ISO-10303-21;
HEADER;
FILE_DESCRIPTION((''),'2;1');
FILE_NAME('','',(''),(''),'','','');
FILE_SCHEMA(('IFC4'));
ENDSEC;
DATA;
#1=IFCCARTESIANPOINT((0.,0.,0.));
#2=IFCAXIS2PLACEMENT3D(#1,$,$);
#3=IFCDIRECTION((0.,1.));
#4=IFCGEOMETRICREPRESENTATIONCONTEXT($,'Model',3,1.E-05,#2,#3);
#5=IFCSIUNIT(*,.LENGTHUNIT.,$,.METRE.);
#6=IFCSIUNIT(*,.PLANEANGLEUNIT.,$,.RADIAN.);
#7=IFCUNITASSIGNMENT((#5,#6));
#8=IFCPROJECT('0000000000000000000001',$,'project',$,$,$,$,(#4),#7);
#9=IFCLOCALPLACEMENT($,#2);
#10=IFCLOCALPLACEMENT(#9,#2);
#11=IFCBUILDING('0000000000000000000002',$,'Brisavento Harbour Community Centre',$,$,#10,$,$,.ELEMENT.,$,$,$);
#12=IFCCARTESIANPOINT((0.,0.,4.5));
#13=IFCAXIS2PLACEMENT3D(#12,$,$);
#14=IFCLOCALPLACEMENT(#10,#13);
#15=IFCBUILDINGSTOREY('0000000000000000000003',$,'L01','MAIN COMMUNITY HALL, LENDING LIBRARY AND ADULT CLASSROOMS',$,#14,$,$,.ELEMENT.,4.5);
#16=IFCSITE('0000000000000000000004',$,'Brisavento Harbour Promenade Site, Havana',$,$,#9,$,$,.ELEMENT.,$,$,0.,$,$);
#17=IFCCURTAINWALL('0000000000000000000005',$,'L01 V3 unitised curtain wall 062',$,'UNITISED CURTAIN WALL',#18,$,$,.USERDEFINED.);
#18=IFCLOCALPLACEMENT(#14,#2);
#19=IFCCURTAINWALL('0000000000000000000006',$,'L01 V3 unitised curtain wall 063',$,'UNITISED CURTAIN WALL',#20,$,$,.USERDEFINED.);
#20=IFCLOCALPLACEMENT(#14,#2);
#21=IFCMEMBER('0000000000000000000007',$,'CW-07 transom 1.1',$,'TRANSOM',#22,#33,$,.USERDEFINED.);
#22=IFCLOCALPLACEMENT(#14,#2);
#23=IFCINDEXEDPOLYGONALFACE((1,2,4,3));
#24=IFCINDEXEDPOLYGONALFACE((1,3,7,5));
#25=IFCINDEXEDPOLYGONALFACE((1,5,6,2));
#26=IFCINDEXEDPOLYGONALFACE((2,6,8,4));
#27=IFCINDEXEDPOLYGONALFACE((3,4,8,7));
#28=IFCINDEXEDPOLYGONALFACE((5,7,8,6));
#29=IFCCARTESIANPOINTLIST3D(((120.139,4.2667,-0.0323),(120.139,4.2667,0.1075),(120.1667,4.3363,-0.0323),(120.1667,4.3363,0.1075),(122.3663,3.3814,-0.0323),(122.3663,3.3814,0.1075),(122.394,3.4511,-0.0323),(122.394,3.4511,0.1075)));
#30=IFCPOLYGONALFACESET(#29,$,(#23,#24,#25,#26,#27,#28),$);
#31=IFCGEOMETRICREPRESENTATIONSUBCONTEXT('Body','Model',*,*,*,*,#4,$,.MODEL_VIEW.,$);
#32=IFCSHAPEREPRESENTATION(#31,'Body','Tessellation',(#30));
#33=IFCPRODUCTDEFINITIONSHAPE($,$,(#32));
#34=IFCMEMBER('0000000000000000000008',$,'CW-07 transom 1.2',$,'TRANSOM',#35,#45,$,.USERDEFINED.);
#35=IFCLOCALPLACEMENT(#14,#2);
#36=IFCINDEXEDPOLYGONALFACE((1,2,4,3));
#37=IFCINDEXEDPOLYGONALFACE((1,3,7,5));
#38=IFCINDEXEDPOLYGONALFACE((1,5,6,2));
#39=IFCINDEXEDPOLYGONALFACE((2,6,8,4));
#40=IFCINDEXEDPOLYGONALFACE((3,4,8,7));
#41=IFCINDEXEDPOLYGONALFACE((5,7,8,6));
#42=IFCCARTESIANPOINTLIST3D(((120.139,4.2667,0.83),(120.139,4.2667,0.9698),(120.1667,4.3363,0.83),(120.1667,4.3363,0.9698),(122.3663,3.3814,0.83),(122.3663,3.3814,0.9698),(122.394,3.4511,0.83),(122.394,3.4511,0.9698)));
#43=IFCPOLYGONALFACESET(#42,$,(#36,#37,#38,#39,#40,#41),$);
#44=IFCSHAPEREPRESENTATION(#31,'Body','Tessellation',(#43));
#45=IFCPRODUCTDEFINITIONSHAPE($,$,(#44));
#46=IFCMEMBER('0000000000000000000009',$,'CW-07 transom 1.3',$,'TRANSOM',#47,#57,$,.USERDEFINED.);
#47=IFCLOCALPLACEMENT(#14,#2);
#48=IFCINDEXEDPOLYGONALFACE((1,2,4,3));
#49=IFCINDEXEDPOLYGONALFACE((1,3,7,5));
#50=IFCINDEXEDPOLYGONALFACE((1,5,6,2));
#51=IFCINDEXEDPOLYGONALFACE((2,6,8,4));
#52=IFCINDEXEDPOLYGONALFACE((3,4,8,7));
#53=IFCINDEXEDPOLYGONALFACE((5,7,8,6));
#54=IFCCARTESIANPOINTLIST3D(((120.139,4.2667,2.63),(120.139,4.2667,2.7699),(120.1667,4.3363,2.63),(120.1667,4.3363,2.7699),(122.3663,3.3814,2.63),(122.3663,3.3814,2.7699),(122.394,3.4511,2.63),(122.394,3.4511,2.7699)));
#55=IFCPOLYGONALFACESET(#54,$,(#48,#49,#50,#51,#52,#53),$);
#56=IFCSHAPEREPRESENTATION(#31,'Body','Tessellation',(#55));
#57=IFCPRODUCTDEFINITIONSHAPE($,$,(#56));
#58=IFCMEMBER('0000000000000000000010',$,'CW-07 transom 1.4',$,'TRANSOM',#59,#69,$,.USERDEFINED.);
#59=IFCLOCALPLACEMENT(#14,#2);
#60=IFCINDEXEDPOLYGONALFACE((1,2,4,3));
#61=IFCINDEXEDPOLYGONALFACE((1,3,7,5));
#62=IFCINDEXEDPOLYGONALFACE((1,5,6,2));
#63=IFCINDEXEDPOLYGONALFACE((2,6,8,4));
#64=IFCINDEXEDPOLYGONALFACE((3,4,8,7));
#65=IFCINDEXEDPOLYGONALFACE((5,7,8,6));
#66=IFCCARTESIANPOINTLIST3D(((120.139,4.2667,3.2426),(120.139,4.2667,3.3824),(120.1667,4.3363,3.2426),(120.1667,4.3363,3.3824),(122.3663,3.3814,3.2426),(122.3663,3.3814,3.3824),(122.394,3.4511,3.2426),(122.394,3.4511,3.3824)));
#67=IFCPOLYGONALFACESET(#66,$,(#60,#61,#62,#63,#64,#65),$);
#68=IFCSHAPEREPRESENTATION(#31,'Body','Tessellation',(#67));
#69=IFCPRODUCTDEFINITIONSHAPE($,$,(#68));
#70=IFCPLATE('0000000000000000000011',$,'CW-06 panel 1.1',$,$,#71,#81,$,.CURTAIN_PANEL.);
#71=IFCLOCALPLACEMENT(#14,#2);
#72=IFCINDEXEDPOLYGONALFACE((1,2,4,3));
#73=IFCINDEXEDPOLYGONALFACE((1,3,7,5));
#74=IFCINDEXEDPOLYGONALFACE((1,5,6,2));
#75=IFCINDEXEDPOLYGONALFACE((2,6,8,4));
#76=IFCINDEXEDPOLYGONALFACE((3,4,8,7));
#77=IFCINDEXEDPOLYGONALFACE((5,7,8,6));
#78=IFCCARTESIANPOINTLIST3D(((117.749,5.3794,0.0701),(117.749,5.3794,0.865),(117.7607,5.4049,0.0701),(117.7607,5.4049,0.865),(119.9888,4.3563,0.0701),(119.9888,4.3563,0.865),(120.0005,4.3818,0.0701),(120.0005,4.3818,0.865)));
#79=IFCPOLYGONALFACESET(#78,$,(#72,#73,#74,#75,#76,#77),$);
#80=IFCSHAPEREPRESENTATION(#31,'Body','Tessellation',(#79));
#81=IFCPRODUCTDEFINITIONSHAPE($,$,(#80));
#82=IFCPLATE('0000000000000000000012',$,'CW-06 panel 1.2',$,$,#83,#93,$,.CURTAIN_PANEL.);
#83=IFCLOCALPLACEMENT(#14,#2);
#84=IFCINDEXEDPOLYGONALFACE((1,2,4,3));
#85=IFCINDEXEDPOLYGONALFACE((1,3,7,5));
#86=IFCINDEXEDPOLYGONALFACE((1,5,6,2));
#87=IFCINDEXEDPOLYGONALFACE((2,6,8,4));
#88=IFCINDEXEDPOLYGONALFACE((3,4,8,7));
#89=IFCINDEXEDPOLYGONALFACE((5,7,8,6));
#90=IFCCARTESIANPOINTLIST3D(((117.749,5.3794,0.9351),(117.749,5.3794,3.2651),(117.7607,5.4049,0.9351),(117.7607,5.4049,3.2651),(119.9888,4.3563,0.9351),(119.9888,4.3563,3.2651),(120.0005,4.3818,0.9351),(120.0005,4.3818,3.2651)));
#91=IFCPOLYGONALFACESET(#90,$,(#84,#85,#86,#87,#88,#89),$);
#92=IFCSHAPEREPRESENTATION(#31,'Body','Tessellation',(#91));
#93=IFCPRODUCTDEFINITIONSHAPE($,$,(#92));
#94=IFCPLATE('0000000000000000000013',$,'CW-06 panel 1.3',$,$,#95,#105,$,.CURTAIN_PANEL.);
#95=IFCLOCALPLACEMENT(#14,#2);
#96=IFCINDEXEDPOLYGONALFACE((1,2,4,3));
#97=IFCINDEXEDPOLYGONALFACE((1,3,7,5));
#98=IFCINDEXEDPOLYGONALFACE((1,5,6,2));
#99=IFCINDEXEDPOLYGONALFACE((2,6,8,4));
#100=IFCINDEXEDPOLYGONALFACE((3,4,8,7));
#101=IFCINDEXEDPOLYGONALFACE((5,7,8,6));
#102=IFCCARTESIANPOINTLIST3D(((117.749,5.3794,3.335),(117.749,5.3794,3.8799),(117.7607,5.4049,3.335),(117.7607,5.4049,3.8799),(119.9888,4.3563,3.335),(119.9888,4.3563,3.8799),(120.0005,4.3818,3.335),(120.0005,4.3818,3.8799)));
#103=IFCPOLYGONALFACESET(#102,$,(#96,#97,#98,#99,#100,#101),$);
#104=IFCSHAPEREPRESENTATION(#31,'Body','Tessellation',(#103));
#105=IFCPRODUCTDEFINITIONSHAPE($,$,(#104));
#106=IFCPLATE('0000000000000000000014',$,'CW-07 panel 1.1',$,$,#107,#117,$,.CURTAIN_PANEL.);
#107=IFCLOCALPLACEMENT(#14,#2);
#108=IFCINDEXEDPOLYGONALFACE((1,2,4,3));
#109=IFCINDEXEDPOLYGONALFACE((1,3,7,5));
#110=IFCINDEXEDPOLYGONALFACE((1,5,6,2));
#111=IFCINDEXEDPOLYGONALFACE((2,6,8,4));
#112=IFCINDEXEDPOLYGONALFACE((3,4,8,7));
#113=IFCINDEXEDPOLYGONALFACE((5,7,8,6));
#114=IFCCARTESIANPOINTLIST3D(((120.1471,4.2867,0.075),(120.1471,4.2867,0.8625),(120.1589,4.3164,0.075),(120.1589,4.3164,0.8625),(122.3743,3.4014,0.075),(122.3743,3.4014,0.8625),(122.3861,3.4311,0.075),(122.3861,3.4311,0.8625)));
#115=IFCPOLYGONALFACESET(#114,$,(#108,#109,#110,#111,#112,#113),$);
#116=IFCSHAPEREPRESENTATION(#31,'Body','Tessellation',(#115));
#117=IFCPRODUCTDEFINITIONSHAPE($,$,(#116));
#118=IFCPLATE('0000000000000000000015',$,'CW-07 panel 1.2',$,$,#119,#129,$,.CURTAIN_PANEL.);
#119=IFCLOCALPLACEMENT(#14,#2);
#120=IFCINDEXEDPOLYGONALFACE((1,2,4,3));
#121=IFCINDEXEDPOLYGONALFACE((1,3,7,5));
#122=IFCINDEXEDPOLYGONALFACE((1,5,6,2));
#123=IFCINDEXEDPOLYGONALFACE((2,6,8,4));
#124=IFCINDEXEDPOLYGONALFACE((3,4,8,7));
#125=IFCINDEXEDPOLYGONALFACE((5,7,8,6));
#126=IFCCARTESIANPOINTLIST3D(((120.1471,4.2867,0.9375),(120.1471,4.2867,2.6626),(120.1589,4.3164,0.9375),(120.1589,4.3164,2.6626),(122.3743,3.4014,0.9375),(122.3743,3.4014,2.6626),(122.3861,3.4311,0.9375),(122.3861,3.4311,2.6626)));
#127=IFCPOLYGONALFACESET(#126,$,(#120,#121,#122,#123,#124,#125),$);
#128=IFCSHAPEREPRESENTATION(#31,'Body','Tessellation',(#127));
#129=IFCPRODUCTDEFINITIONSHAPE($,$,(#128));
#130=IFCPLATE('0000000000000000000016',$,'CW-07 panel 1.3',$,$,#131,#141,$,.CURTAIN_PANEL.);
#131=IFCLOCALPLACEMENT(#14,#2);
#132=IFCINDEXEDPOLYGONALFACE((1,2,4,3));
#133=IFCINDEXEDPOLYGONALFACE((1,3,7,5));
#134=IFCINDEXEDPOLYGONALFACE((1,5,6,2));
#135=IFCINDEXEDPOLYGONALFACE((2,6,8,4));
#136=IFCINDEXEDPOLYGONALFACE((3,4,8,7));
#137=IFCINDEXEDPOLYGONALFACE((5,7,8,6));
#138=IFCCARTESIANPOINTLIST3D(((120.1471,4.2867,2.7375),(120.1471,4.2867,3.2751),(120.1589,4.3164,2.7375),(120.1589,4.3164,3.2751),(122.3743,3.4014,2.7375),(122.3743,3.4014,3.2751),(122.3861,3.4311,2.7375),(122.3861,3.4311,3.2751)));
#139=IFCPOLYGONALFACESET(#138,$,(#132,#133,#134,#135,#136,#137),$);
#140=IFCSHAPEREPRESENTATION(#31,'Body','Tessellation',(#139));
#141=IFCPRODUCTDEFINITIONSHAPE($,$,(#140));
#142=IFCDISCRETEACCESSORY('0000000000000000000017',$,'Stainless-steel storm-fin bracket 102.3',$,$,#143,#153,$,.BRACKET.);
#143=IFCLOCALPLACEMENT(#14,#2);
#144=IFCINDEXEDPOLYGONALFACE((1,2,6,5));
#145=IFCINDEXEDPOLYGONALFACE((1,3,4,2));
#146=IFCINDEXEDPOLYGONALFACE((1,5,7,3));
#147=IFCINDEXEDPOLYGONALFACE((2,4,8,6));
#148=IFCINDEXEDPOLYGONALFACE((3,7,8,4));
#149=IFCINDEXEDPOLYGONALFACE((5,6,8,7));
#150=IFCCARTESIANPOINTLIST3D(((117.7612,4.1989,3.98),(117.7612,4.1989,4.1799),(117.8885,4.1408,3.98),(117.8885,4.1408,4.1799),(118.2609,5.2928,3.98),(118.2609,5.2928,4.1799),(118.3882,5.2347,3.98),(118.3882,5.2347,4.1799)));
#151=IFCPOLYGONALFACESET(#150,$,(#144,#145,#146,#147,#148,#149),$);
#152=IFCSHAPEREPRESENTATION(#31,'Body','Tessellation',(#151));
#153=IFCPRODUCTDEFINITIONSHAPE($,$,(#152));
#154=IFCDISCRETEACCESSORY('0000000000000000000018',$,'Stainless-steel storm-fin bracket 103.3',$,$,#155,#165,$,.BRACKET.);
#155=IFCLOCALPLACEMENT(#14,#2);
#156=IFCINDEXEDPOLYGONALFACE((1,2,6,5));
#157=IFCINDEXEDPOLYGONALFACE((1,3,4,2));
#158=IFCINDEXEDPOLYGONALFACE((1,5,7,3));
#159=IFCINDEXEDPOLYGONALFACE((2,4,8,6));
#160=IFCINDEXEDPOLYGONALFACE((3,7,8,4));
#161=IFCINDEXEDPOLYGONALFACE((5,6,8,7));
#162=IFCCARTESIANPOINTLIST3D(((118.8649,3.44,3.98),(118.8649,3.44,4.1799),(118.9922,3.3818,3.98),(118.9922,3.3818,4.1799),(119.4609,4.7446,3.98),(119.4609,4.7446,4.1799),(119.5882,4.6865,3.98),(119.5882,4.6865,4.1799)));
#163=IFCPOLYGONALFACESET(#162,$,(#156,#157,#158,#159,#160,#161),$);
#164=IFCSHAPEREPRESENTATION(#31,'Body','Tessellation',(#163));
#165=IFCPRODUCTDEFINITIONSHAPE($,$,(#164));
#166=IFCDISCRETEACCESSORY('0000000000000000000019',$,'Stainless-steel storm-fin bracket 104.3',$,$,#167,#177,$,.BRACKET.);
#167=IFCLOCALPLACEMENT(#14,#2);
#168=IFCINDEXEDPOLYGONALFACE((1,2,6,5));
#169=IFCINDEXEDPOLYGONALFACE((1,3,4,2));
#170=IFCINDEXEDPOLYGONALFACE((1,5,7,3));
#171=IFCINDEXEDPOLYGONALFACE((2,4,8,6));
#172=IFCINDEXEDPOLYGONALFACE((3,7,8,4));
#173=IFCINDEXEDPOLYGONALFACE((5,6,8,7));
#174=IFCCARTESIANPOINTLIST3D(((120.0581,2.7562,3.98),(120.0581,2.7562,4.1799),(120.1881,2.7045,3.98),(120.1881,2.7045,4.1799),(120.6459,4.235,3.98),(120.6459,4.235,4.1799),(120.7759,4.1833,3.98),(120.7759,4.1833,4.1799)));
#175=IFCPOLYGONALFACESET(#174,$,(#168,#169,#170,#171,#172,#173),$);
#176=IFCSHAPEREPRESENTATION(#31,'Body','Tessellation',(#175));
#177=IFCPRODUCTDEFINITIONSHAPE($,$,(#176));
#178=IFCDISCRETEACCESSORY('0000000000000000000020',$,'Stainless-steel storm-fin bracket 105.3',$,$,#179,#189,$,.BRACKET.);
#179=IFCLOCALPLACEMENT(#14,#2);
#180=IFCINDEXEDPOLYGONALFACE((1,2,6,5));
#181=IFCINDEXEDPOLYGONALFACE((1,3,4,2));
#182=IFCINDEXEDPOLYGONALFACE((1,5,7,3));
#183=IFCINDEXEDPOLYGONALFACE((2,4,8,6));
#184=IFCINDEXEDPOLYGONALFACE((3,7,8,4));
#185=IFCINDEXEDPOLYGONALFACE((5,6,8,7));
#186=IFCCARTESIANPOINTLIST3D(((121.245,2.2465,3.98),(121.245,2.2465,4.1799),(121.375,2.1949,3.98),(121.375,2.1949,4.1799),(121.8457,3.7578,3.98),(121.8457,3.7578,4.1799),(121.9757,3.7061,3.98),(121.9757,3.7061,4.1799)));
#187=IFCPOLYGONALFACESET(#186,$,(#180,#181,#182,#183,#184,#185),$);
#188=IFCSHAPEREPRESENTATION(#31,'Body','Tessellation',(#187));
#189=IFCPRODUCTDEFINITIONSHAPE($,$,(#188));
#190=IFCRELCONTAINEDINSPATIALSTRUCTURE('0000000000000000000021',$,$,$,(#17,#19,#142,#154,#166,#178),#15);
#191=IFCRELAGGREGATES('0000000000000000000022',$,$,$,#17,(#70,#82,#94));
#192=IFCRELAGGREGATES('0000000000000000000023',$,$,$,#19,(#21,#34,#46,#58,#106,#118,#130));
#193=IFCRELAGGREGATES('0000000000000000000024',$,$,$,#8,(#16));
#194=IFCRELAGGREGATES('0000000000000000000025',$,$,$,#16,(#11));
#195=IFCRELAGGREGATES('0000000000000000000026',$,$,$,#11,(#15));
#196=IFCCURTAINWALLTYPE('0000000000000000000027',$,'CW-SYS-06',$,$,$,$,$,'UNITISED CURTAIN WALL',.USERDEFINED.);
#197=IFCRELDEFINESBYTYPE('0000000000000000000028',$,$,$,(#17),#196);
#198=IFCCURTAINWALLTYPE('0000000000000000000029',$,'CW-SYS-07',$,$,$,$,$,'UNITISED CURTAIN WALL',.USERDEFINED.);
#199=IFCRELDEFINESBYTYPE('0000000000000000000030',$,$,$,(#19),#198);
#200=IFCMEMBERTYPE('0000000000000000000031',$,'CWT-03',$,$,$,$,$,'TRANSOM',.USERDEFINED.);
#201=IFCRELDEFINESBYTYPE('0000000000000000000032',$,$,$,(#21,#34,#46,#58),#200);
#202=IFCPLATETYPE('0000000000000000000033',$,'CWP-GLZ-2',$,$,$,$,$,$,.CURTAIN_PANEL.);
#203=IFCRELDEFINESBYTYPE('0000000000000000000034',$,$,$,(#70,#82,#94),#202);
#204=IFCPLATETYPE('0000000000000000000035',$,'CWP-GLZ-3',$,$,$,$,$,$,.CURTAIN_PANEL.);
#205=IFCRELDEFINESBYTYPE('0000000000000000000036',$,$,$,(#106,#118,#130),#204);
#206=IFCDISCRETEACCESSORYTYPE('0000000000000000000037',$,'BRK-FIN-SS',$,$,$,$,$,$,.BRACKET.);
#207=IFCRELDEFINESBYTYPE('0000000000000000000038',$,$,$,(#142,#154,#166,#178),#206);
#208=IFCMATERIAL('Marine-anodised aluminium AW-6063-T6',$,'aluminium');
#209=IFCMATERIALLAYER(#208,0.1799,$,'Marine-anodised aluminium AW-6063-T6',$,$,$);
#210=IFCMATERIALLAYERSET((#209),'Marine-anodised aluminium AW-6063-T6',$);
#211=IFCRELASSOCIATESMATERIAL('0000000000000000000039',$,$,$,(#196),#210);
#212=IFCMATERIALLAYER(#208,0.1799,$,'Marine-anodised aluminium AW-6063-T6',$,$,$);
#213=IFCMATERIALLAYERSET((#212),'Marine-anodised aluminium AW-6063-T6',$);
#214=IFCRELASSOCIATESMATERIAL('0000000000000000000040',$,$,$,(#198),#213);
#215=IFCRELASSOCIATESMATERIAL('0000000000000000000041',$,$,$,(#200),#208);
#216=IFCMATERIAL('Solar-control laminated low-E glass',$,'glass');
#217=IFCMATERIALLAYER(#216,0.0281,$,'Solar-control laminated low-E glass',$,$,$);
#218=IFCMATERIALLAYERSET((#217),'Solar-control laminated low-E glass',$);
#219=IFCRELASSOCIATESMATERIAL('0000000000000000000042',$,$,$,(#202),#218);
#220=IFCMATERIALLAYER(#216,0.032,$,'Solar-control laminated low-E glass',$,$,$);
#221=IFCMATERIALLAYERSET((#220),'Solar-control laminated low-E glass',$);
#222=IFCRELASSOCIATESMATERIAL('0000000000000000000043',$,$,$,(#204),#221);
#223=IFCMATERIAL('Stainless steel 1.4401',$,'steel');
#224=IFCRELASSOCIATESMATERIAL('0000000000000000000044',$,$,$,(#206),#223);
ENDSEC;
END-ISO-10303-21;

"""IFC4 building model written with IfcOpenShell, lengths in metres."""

from ifc_helpers import new_model, si_unit, direction, frame, origin, origin_2d, place, context, subcontext, project, spatial, rectangle, extrude, material, layer, layer_set, material_profile, profile_set, type_object, element, aggregate, save


model = new_model("IFC4")

# Units and contexts
model_context = context("Model", 3, precision=1e-05, world=origin(), true_north=direction((0.0, 1.0)))
body_context = subcontext(model_context, "Body", "Model", "MODEL_VIEW")
ifc_project = project(units=[si_unit("LENGTHUNIT", "METRE"), si_unit("PLANEANGLEUNIT", "RADIAN")], contexts=[model_context])

# Site, building, storey
site_placement = place(None, origin())
site = spatial("IfcSite", under=ifc_project, at=site_placement, Name="Brisavento Harbour Promenade Site, Havana", CompositionType="ELEMENT", RefElevation=0.0)
building_placement = place(site_placement, origin())
building = spatial("IfcBuilding", under=site, at=building_placement, Name="Brisavento Harbour Community Centre", CompositionType="ELEMENT")
storey_placement = place(building_placement, frame((0.0, 0.0, 4.5)))
storey = spatial("IfcBuildingStorey", under=building, at=storey_placement, Name="L01", Description="MAIN COMMUNITY HALL, LENDING LIBRARY AND ADULT CLASSROOMS", CompositionType="ELEMENT", Elevation=4.5)

# Curtain walls
ifc_material_1 = material(Name="Marine-anodised aluminium AW-6063-T6", Category="aluminium")
ifc_layer_1 = layer(ifc_material_1, 0.1799, Name="Marine-anodised aluminium AW-6063-T6")
ifc_layer_set_1 = layer_set([ifc_layer_1], Name="Marine-anodised aluminium AW-6063-T6")
curtain_wall_type_1 = type_object("IfcCurtainWallType", Name="CW-SYS-06", ElementType="UNITISED CURTAIN WALL", PredefinedType="USERDEFINED", material=ifc_layer_set_1)
curtain_wall_1_placement = place(storey_placement, origin())
curtain_wall_1 = element("IfcCurtainWall", 1, at=curtain_wall_1_placement, inside=storey, type_object=curtain_wall_type_1, Name="L01 V3 unitised curtain wall 062", ObjectType="UNITISED CURTAIN WALL", PredefinedType="USERDEFINED")
ifc_layer_2 = layer(ifc_material_1, 0.1799, Name="Marine-anodised aluminium AW-6063-T6")
ifc_layer_set_2 = layer_set([ifc_layer_2], Name="Marine-anodised aluminium AW-6063-T6")
curtain_wall_type_2 = type_object("IfcCurtainWallType", Name="CW-SYS-07", ElementType="UNITISED CURTAIN WALL", PredefinedType="USERDEFINED", material=ifc_layer_set_2)
curtain_wall_2_placement = place(storey_placement, origin())
curtain_wall_2 = element("IfcCurtainWall", 2, at=curtain_wall_2_placement, inside=storey, type_object=curtain_wall_type_2, Name="L01 V3 unitised curtain wall 063", ObjectType="UNITISED CURTAIN WALL", PredefinedType="USERDEFINED")

# Members
ifc_material_profile_1 = material_profile(ifc_material_1, rectangle(XDim=0.075, YDim=0.1399, at=origin_2d()), Name="Marine-anodised aluminium AW-6063-T6")
ifc_profile_set_1 = profile_set([ifc_material_profile_1], Name="Marine-anodised aluminium AW-6063-T6")
member_type_1 = type_object("IfcMemberType", Name="CWT-03", ElementType="TRANSOM", PredefinedType="USERDEFINED", material=ifc_profile_set_1)
member_1_placement = place(storey_placement, frame((122.3801, 3.4163, 0.0376), z_axis=(-0.929289, 0.369353, 0.0), x_axis=(-0.369353, -0.929289, 0.0)))
member_1 = element("IfcMember", 3, at=member_1_placement, type_object=member_type_1, Name="CW-07 transom 1.1", ObjectType="TRANSOM", PredefinedType="USERDEFINED", context=body_context, shape_type="SweptSolid", body=[
    extrude(rectangle(XDim=0.075, YDim=0.1399, at=origin_2d()), origin(), (0.0, 0.0, 1.0), 2.3967),
])
member_2_placement = place(storey_placement, frame((122.3801, 3.4163, 0.8999), z_axis=(-0.929289, 0.369353, 0.0), x_axis=(-0.369353, -0.929289, 0.0)))
member_2 = element("IfcMember", 4, at=member_2_placement, type_object=member_type_1, Name="CW-07 transom 1.2", ObjectType="TRANSOM", PredefinedType="USERDEFINED", context=body_context, shape_type="SweptSolid", body=[
    extrude(rectangle(XDim=0.075, YDim=0.1399, at=origin_2d()), origin(), (0.0, 0.0, 1.0), 2.3967),
])
member_3_placement = place(storey_placement, frame((122.3801, 3.4163, 2.7), z_axis=(-0.929289, 0.369353, 0.0), x_axis=(-0.369353, -0.929289, 0.0)))
member_3 = element("IfcMember", 5, at=member_3_placement, type_object=member_type_1, Name="CW-07 transom 1.3", ObjectType="TRANSOM", PredefinedType="USERDEFINED", context=body_context, shape_type="SweptSolid", body=[
    extrude(rectangle(XDim=0.075, YDim=0.1399, at=origin_2d()), origin(), (0.0, 0.0, 1.0), 2.3967),
])
member_4_placement = place(storey_placement, frame((122.3801, 3.4163, 3.3125), z_axis=(-0.929289, 0.369353, 0.0), x_axis=(-0.369353, -0.929289, 0.0)))
member_4 = element("IfcMember", 6, at=member_4_placement, type_object=member_type_1, Name="CW-07 transom 1.4", ObjectType="TRANSOM", PredefinedType="USERDEFINED", context=body_context, shape_type="SweptSolid", body=[
    extrude(rectangle(XDim=0.075, YDim=0.1399, at=origin_2d()), origin(), (0.0, 0.0, 1.0), 2.3967),
])

# Plates
ifc_material_2 = material(Name="Solar-control laminated low-E glass", Category="glass")
ifc_layer_3 = layer(ifc_material_2, 0.0281, Name="Solar-control laminated low-E glass")
ifc_layer_set_3 = layer_set([ifc_layer_3], Name="Solar-control laminated low-E glass")
plate_type_1 = type_object("IfcPlateType", Name="CWP-GLZ-2", PredefinedType="CURTAIN_PANEL", material=ifc_layer_set_3)
plate_1_placement = place(storey_placement, frame((118.8748, 4.8806, 0.0701), z_axis=(0.0, 0.0, 1.0), x_axis=(-0.909598, 0.41549, 0.0)))
plate_1 = element("IfcPlate", 7, at=plate_1_placement, type_object=plate_type_1, Name="CW-06 panel 1.1", PredefinedType="CURTAIN_PANEL", context=body_context, shape_type="SweptSolid", body=[
    extrude(rectangle(XDim=2.4624, YDim=0.0281, at=origin_2d()), origin(), (0.0, 0.0, 1.0), 0.7949),
])
plate_2_placement = place(storey_placement, frame((118.8748, 4.8806, 0.9351), z_axis=(0.0, 0.0, 1.0), x_axis=(-0.909598, 0.41549, 0.0)))
plate_2 = element("IfcPlate", 8, at=plate_2_placement, type_object=plate_type_1, Name="CW-06 panel 1.2", PredefinedType="CURTAIN_PANEL", context=body_context, shape_type="SweptSolid", body=[
    extrude(rectangle(XDim=2.4624, YDim=0.0281, at=origin_2d()), origin(), (0.0, 0.0, 1.0), 2.3301),
])
plate_3_placement = place(storey_placement, frame((118.8748, 4.8806, 3.335), z_axis=(0.0, 0.0, 1.0), x_axis=(-0.909598, 0.41549, 0.0)))
plate_3 = element("IfcPlate", 9, at=plate_3_placement, type_object=plate_type_1, Name="CW-06 panel 1.3", PredefinedType="CURTAIN_PANEL", context=body_context, shape_type="SweptSolid", body=[
    extrude(rectangle(XDim=2.4624, YDim=0.0281, at=origin_2d()), origin(), (0.0, 0.0, 1.0), 0.5449),
])
aggregate(curtain_wall_1, [plate_1, plate_2, plate_3])
ifc_layer_4 = layer(ifc_material_2, 0.032, Name="Solar-control laminated low-E glass")
ifc_layer_set_4 = layer_set([ifc_layer_4], Name="Solar-control laminated low-E glass")
plate_type_2 = type_object("IfcPlateType", Name="CWP-GLZ-3", PredefinedType="CURTAIN_PANEL", material=ifc_layer_set_4)
plate_4_placement = place(storey_placement, frame((121.2666, 3.8589, 0.075), z_axis=(0.0, 0.0, 1.0), x_axis=(-0.929279, 0.369379, 0.0)))
plate_4 = element("IfcPlate", 10, at=plate_4_placement, type_object=plate_type_2, Name="CW-07 panel 1.1", PredefinedType="CURTAIN_PANEL", context=body_context, shape_type="SweptSolid", body=[
    extrude(rectangle(XDim=2.3967, YDim=0.032, at=origin_2d()), origin(), (0.0, 0.0, 1.0), 0.7876),
])
plate_5_placement = place(storey_placement, frame((121.2666, 3.8589, 0.9375), z_axis=(0.0, 0.0, 1.0), x_axis=(-0.929279, 0.369379, 0.0)))
plate_5 = element("IfcPlate", 11, at=plate_5_placement, type_object=plate_type_2, Name="CW-07 panel 1.2", PredefinedType="CURTAIN_PANEL", context=body_context, shape_type="SweptSolid", body=[
    extrude(rectangle(XDim=2.3967, YDim=0.032, at=origin_2d()), origin(), (0.0, 0.0, 1.0), 1.7251),
])
plate_6_placement = place(storey_placement, frame((121.2666, 3.8589, 2.7375), z_axis=(0.0, 0.0, 1.0), x_axis=(-0.929279, 0.369379, 0.0)))
plate_6 = element("IfcPlate", 12, at=plate_6_placement, type_object=plate_type_2, Name="CW-07 panel 1.3", PredefinedType="CURTAIN_PANEL", context=body_context, shape_type="SweptSolid", body=[
    extrude(rectangle(XDim=2.3967, YDim=0.032, at=origin_2d()), origin(), (0.0, 0.0, 1.0), 0.5376),
])
aggregate(curtain_wall_2, [member_1, member_2, member_3, member_4, plate_4, plate_5, plate_6])

# Discrete accessories
ifc_material_3 = material(Name="Stainless steel 1.4401", Category="steel")
discrete_accessory_type = type_object("IfcDiscreteAccessoryType", Name="BRK-FIN-SS", PredefinedType="BRACKET", material=ifc_material_3)
discrete_accessory_1_placement = place(storey_placement, frame((118.0747, 4.7168, 3.98), z_axis=(0.0, 0.0, 1.0), x_axis=(-0.415519, -0.909585, 0.0)))
element("IfcDiscreteAccessory", 13, at=discrete_accessory_1_placement, inside=storey, type_object=discrete_accessory_type, Name="Stainless-steel storm-fin bracket 102.3", PredefinedType="BRACKET", context=body_context, shape_type="SweptSolid", body=[
    extrude(rectangle(XDim=1.2026, YDim=0.1399, at=origin_2d()), origin(), (0.0, 0.0, 1.0), 0.2),
])
discrete_accessory_2_placement = place(storey_placement, frame((119.2266, 4.0632, 3.98), z_axis=(0.0, 0.0, 1.0), x_axis=(-0.415519, -0.909585, 0.0)))
element("IfcDiscreteAccessory", 14, at=discrete_accessory_2_placement, inside=storey, type_object=discrete_accessory_type, Name="Stainless-steel storm-fin bracket 103.3", PredefinedType="BRACKET", context=body_context, shape_type="SweptSolid", body=[
    extrude(rectangle(XDim=1.4343, YDim=0.1399, at=origin_2d()), origin(), (0.0, 0.0, 1.0), 0.2),
])
discrete_accessory_3_placement = place(storey_placement, frame((120.417, 3.4697, 3.98), z_axis=(0.0, 0.0, 1.0), x_axis=(-0.369341, -0.929294, 0.0)))
element("IfcDiscreteAccessory", 15, at=discrete_accessory_3_placement, inside=storey, type_object=discrete_accessory_type, Name="Stainless-steel storm-fin bracket 104.3", PredefinedType="BRACKET", context=body_context, shape_type="SweptSolid", body=[
    extrude(rectangle(XDim=1.5913, YDim=0.1399, at=origin_2d()), origin(), (0.0, 0.0, 1.0), 0.2),
])
discrete_accessory_4_placement = place(storey_placement, frame((121.6104, 2.9763, 3.98), z_axis=(0.0, 0.0, 1.0), x_axis=(-0.369341, -0.929294, 0.0)))
element("IfcDiscreteAccessory", 16, at=discrete_accessory_4_placement, inside=storey, type_object=discrete_accessory_type, Name="Stainless-steel storm-fin bracket 105.3", PredefinedType="BRACKET", context=body_context, shape_type="SweptSolid", body=[
    extrude(rectangle(XDim=1.6262, YDim=0.1399, at=origin_2d()), origin(), (0.0, 0.0, 1.0), 0.2),
])

save(model, "model.ifc")
